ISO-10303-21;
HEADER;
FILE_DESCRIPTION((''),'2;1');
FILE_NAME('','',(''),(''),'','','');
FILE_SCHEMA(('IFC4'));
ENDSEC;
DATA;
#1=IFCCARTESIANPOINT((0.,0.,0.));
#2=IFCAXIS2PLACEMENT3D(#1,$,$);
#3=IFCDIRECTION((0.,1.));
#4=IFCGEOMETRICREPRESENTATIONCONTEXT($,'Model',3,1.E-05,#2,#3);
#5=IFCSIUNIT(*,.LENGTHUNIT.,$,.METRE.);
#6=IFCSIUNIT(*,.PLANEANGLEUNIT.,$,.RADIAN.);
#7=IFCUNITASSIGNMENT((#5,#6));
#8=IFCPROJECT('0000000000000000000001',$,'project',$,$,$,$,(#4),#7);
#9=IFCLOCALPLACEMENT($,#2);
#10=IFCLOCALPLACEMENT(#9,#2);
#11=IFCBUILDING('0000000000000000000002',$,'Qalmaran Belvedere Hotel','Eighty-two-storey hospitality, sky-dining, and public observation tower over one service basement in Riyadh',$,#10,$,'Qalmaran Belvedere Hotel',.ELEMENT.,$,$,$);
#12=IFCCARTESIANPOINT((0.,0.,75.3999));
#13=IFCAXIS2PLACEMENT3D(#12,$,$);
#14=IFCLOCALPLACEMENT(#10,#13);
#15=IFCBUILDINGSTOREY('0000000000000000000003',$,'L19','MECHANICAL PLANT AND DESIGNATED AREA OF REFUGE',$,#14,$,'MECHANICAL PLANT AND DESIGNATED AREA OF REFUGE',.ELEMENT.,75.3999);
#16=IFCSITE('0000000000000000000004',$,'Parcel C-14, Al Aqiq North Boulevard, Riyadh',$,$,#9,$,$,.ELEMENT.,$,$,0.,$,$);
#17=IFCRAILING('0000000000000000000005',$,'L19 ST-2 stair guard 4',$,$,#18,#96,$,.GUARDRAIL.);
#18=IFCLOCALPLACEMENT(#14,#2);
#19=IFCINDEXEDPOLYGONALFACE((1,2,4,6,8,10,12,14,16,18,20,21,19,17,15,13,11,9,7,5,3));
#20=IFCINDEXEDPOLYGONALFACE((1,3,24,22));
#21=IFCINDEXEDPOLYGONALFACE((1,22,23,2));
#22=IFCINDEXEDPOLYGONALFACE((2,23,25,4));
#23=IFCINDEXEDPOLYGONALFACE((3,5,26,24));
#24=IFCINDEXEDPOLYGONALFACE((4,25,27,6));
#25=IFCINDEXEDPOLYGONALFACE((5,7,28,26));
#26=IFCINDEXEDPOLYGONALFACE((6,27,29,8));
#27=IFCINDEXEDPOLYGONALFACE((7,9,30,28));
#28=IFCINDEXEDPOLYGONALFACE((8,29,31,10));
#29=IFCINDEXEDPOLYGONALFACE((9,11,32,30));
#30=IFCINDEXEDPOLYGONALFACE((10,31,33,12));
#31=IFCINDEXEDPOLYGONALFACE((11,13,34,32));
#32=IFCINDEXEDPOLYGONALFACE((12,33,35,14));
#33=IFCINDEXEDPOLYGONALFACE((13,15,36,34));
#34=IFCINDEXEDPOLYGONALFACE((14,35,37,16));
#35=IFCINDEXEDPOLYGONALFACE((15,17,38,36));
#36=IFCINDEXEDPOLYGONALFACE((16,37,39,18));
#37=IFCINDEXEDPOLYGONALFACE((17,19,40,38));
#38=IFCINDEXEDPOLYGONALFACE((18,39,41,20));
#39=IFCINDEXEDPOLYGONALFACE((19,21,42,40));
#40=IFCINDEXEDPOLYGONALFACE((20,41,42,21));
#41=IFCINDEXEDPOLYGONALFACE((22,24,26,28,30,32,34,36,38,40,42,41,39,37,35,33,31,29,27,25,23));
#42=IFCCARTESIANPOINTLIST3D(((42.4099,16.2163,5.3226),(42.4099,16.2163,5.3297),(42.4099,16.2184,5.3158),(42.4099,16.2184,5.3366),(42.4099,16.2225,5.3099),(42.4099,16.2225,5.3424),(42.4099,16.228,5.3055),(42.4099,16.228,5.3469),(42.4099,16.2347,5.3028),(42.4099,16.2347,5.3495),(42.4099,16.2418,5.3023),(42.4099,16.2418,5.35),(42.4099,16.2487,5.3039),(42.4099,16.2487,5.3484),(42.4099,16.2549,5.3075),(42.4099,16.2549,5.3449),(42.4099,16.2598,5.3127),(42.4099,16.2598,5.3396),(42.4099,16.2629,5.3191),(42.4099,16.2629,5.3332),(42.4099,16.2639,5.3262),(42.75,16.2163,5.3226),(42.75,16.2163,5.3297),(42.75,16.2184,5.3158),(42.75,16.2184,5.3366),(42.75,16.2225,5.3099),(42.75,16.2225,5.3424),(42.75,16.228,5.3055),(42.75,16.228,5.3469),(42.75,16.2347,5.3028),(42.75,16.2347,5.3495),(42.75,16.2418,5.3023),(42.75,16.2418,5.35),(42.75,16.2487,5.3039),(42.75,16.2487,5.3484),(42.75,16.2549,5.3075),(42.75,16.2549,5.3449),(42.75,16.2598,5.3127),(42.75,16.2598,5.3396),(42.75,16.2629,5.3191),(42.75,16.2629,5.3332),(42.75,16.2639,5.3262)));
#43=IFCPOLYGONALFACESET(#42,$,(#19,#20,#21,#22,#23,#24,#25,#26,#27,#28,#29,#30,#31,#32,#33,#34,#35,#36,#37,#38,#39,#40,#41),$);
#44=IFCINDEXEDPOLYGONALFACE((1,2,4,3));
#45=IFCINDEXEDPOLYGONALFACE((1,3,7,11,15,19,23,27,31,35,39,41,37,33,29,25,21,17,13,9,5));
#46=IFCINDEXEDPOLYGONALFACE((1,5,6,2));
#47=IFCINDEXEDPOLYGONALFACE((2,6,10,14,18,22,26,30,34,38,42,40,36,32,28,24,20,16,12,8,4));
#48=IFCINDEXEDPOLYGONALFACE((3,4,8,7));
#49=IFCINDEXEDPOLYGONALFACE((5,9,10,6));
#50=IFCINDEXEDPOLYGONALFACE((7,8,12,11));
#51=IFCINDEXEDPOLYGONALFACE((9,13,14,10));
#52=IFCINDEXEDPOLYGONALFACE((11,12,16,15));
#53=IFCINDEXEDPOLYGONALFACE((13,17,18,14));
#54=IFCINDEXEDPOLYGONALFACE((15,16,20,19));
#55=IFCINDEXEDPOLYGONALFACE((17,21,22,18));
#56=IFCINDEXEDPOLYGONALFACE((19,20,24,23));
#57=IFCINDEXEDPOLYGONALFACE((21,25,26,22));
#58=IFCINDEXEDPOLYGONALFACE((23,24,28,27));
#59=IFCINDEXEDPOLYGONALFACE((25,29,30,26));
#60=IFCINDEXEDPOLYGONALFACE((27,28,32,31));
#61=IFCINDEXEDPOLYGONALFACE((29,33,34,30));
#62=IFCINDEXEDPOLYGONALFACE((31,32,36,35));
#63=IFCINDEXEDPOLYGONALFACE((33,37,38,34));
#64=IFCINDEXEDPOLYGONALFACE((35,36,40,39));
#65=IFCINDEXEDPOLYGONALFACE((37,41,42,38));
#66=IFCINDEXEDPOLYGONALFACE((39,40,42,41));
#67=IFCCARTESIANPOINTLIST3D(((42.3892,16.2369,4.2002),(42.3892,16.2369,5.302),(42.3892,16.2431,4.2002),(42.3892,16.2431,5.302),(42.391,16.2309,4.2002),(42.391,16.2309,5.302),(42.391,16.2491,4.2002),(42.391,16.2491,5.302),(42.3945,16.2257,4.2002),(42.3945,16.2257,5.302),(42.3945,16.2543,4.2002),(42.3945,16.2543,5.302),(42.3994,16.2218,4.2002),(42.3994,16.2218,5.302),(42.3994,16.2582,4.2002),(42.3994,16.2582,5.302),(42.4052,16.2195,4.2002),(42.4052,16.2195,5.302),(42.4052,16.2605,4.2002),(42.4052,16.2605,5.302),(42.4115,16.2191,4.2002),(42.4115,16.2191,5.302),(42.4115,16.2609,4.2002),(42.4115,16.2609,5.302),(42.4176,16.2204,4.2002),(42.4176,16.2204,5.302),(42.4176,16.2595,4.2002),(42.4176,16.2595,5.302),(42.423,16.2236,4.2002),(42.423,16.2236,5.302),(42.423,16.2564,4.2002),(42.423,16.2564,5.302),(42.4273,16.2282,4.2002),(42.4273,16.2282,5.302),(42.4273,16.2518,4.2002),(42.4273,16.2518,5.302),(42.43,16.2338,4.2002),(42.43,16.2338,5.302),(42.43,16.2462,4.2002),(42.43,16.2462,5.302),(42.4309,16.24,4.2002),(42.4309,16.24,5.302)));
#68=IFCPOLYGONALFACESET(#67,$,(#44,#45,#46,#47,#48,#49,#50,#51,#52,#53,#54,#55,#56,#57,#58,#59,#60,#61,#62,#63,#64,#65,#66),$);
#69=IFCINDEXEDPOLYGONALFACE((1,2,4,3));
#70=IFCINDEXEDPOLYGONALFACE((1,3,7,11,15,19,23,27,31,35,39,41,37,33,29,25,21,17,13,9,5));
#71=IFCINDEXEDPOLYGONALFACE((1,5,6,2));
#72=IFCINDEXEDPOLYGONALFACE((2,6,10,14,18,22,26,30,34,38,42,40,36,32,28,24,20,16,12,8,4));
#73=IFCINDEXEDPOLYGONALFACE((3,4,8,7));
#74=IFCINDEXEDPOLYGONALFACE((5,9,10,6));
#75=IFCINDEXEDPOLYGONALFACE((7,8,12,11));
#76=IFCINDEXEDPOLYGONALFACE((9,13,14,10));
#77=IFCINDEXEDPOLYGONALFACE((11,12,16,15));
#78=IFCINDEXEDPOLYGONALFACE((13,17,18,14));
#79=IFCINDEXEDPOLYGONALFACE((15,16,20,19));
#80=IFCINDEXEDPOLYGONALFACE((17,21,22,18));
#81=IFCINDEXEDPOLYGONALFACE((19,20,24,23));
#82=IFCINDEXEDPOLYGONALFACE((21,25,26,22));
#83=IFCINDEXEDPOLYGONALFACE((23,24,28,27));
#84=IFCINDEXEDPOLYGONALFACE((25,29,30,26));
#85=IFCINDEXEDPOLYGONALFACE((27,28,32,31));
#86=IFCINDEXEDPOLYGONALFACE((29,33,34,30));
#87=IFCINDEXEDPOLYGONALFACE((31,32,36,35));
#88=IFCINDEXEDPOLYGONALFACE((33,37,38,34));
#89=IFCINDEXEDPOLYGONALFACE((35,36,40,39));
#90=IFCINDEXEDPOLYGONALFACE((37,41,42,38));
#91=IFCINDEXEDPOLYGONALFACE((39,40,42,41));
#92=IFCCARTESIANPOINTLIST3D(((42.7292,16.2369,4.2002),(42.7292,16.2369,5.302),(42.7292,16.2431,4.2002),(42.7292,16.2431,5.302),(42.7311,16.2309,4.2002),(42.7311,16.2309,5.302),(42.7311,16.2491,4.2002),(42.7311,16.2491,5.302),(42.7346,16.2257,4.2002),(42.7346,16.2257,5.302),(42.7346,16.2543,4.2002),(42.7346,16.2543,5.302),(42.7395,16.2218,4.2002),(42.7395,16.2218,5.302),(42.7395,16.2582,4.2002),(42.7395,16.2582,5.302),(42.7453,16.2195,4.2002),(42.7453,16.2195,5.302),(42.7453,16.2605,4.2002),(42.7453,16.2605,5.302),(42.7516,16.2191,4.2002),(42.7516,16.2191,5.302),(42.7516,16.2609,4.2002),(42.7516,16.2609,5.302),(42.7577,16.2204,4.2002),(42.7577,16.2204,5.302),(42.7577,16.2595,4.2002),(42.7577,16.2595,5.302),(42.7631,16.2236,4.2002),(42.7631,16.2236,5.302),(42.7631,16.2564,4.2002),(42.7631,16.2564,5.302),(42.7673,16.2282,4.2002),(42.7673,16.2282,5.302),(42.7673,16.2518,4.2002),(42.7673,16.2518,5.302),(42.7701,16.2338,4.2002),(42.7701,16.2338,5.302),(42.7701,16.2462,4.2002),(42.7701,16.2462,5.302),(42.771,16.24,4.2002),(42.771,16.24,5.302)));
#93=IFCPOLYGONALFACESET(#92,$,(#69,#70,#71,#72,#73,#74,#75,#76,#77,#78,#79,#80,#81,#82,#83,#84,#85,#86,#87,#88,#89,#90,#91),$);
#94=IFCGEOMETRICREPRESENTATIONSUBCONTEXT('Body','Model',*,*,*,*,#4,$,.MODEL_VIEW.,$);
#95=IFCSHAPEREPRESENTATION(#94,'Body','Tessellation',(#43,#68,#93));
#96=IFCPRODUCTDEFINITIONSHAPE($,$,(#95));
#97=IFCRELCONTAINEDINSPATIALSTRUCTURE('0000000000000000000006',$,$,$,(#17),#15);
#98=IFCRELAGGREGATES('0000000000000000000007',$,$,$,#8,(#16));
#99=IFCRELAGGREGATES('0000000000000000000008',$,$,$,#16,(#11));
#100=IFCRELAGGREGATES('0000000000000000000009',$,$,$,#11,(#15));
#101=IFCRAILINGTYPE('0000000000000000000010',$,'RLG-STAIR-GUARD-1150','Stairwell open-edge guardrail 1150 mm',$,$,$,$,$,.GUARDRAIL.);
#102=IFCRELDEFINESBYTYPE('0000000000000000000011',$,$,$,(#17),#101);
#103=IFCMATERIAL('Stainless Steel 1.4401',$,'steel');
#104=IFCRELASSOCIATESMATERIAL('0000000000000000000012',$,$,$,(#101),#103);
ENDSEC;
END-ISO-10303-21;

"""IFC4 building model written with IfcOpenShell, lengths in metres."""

from ifc_helpers import new_model, si_unit, direction, frame, origin, origin_2d, place, context, subcontext, project, spatial, circle, extrude, material, type_object, element, save


model = new_model("IFC4")

# Units and contexts
model_context = context("Model", 3, precision=1e-05, world=origin(), true_north=direction((0.0, 1.0)))
body_context = subcontext(model_context, "Body", "Model", "MODEL_VIEW")
ifc_project = project(units=[si_unit("LENGTHUNIT", "METRE"), si_unit("PLANEANGLEUNIT", "RADIAN")], contexts=[model_context])

# Site, building, storey
site_placement = place(None, origin())
site = spatial("IfcSite", under=ifc_project, at=site_placement, Name="Parcel C-14, Al Aqiq North Boulevard, Riyadh", CompositionType="ELEMENT", RefElevation=0.0)
building_placement = place(site_placement, origin())
building = spatial("IfcBuilding", under=site, at=building_placement, Name="Qalmaran Belvedere Hotel", Description="Eighty-two-storey hospitality, sky-dining, and public observation tower over one service basement in Riyadh", LongName="Qalmaran Belvedere Hotel", CompositionType="ELEMENT")
storey_placement = place(building_placement, frame((0.0, 0.0, 75.3999)))
storey = spatial("IfcBuildingStorey", under=building, at=storey_placement, Name="L19", Description="MECHANICAL PLANT AND DESIGNATED AREA OF REFUGE", LongName="MECHANICAL PLANT AND DESIGNATED AREA OF REFUGE", CompositionType="ELEMENT", Elevation=75.3999)

# Railing
ifc_material_1 = material(Name="Stainless Steel 1.4401", Category="steel")
railing_type_1 = type_object("IfcRailingType", Name="RLG-STAIR-GUARD-1150", Description="Stairwell open-edge guardrail 1150 mm", PredefinedType="GUARDRAIL", material=ifc_material_1)
railing_1_placement = place(storey_placement, frame((42.4099, 16.24, 4.2002)))
element("IfcRailing", 1, at=railing_1_placement, inside=storey, type_object=railing_type_1, Name="L19 ST-2 stair guard 4", PredefinedType="GUARDRAIL", context=body_context, shape_type="SweptSolid", body=[
    extrude(circle(Radius=0.0239, at=origin_2d()), frame((0.0, 0.0, 1.126), z_axis=(1.0, 0.0, 0.0), x_axis=(0.0, 1.0, 0.0)), (0.0, 0.0, 1.0), 0.3401),
    extrude(circle(Radius=0.021, at=origin_2d()), origin(), (0.0, 0.0, 1.0), 1.1018),
    extrude(circle(Radius=0.021, at=origin_2d()), frame((0.3401, 0.0, 0.0)), (0.0, 0.0, 1.0), 1.1018),
])

save(model, "model.ifc")
